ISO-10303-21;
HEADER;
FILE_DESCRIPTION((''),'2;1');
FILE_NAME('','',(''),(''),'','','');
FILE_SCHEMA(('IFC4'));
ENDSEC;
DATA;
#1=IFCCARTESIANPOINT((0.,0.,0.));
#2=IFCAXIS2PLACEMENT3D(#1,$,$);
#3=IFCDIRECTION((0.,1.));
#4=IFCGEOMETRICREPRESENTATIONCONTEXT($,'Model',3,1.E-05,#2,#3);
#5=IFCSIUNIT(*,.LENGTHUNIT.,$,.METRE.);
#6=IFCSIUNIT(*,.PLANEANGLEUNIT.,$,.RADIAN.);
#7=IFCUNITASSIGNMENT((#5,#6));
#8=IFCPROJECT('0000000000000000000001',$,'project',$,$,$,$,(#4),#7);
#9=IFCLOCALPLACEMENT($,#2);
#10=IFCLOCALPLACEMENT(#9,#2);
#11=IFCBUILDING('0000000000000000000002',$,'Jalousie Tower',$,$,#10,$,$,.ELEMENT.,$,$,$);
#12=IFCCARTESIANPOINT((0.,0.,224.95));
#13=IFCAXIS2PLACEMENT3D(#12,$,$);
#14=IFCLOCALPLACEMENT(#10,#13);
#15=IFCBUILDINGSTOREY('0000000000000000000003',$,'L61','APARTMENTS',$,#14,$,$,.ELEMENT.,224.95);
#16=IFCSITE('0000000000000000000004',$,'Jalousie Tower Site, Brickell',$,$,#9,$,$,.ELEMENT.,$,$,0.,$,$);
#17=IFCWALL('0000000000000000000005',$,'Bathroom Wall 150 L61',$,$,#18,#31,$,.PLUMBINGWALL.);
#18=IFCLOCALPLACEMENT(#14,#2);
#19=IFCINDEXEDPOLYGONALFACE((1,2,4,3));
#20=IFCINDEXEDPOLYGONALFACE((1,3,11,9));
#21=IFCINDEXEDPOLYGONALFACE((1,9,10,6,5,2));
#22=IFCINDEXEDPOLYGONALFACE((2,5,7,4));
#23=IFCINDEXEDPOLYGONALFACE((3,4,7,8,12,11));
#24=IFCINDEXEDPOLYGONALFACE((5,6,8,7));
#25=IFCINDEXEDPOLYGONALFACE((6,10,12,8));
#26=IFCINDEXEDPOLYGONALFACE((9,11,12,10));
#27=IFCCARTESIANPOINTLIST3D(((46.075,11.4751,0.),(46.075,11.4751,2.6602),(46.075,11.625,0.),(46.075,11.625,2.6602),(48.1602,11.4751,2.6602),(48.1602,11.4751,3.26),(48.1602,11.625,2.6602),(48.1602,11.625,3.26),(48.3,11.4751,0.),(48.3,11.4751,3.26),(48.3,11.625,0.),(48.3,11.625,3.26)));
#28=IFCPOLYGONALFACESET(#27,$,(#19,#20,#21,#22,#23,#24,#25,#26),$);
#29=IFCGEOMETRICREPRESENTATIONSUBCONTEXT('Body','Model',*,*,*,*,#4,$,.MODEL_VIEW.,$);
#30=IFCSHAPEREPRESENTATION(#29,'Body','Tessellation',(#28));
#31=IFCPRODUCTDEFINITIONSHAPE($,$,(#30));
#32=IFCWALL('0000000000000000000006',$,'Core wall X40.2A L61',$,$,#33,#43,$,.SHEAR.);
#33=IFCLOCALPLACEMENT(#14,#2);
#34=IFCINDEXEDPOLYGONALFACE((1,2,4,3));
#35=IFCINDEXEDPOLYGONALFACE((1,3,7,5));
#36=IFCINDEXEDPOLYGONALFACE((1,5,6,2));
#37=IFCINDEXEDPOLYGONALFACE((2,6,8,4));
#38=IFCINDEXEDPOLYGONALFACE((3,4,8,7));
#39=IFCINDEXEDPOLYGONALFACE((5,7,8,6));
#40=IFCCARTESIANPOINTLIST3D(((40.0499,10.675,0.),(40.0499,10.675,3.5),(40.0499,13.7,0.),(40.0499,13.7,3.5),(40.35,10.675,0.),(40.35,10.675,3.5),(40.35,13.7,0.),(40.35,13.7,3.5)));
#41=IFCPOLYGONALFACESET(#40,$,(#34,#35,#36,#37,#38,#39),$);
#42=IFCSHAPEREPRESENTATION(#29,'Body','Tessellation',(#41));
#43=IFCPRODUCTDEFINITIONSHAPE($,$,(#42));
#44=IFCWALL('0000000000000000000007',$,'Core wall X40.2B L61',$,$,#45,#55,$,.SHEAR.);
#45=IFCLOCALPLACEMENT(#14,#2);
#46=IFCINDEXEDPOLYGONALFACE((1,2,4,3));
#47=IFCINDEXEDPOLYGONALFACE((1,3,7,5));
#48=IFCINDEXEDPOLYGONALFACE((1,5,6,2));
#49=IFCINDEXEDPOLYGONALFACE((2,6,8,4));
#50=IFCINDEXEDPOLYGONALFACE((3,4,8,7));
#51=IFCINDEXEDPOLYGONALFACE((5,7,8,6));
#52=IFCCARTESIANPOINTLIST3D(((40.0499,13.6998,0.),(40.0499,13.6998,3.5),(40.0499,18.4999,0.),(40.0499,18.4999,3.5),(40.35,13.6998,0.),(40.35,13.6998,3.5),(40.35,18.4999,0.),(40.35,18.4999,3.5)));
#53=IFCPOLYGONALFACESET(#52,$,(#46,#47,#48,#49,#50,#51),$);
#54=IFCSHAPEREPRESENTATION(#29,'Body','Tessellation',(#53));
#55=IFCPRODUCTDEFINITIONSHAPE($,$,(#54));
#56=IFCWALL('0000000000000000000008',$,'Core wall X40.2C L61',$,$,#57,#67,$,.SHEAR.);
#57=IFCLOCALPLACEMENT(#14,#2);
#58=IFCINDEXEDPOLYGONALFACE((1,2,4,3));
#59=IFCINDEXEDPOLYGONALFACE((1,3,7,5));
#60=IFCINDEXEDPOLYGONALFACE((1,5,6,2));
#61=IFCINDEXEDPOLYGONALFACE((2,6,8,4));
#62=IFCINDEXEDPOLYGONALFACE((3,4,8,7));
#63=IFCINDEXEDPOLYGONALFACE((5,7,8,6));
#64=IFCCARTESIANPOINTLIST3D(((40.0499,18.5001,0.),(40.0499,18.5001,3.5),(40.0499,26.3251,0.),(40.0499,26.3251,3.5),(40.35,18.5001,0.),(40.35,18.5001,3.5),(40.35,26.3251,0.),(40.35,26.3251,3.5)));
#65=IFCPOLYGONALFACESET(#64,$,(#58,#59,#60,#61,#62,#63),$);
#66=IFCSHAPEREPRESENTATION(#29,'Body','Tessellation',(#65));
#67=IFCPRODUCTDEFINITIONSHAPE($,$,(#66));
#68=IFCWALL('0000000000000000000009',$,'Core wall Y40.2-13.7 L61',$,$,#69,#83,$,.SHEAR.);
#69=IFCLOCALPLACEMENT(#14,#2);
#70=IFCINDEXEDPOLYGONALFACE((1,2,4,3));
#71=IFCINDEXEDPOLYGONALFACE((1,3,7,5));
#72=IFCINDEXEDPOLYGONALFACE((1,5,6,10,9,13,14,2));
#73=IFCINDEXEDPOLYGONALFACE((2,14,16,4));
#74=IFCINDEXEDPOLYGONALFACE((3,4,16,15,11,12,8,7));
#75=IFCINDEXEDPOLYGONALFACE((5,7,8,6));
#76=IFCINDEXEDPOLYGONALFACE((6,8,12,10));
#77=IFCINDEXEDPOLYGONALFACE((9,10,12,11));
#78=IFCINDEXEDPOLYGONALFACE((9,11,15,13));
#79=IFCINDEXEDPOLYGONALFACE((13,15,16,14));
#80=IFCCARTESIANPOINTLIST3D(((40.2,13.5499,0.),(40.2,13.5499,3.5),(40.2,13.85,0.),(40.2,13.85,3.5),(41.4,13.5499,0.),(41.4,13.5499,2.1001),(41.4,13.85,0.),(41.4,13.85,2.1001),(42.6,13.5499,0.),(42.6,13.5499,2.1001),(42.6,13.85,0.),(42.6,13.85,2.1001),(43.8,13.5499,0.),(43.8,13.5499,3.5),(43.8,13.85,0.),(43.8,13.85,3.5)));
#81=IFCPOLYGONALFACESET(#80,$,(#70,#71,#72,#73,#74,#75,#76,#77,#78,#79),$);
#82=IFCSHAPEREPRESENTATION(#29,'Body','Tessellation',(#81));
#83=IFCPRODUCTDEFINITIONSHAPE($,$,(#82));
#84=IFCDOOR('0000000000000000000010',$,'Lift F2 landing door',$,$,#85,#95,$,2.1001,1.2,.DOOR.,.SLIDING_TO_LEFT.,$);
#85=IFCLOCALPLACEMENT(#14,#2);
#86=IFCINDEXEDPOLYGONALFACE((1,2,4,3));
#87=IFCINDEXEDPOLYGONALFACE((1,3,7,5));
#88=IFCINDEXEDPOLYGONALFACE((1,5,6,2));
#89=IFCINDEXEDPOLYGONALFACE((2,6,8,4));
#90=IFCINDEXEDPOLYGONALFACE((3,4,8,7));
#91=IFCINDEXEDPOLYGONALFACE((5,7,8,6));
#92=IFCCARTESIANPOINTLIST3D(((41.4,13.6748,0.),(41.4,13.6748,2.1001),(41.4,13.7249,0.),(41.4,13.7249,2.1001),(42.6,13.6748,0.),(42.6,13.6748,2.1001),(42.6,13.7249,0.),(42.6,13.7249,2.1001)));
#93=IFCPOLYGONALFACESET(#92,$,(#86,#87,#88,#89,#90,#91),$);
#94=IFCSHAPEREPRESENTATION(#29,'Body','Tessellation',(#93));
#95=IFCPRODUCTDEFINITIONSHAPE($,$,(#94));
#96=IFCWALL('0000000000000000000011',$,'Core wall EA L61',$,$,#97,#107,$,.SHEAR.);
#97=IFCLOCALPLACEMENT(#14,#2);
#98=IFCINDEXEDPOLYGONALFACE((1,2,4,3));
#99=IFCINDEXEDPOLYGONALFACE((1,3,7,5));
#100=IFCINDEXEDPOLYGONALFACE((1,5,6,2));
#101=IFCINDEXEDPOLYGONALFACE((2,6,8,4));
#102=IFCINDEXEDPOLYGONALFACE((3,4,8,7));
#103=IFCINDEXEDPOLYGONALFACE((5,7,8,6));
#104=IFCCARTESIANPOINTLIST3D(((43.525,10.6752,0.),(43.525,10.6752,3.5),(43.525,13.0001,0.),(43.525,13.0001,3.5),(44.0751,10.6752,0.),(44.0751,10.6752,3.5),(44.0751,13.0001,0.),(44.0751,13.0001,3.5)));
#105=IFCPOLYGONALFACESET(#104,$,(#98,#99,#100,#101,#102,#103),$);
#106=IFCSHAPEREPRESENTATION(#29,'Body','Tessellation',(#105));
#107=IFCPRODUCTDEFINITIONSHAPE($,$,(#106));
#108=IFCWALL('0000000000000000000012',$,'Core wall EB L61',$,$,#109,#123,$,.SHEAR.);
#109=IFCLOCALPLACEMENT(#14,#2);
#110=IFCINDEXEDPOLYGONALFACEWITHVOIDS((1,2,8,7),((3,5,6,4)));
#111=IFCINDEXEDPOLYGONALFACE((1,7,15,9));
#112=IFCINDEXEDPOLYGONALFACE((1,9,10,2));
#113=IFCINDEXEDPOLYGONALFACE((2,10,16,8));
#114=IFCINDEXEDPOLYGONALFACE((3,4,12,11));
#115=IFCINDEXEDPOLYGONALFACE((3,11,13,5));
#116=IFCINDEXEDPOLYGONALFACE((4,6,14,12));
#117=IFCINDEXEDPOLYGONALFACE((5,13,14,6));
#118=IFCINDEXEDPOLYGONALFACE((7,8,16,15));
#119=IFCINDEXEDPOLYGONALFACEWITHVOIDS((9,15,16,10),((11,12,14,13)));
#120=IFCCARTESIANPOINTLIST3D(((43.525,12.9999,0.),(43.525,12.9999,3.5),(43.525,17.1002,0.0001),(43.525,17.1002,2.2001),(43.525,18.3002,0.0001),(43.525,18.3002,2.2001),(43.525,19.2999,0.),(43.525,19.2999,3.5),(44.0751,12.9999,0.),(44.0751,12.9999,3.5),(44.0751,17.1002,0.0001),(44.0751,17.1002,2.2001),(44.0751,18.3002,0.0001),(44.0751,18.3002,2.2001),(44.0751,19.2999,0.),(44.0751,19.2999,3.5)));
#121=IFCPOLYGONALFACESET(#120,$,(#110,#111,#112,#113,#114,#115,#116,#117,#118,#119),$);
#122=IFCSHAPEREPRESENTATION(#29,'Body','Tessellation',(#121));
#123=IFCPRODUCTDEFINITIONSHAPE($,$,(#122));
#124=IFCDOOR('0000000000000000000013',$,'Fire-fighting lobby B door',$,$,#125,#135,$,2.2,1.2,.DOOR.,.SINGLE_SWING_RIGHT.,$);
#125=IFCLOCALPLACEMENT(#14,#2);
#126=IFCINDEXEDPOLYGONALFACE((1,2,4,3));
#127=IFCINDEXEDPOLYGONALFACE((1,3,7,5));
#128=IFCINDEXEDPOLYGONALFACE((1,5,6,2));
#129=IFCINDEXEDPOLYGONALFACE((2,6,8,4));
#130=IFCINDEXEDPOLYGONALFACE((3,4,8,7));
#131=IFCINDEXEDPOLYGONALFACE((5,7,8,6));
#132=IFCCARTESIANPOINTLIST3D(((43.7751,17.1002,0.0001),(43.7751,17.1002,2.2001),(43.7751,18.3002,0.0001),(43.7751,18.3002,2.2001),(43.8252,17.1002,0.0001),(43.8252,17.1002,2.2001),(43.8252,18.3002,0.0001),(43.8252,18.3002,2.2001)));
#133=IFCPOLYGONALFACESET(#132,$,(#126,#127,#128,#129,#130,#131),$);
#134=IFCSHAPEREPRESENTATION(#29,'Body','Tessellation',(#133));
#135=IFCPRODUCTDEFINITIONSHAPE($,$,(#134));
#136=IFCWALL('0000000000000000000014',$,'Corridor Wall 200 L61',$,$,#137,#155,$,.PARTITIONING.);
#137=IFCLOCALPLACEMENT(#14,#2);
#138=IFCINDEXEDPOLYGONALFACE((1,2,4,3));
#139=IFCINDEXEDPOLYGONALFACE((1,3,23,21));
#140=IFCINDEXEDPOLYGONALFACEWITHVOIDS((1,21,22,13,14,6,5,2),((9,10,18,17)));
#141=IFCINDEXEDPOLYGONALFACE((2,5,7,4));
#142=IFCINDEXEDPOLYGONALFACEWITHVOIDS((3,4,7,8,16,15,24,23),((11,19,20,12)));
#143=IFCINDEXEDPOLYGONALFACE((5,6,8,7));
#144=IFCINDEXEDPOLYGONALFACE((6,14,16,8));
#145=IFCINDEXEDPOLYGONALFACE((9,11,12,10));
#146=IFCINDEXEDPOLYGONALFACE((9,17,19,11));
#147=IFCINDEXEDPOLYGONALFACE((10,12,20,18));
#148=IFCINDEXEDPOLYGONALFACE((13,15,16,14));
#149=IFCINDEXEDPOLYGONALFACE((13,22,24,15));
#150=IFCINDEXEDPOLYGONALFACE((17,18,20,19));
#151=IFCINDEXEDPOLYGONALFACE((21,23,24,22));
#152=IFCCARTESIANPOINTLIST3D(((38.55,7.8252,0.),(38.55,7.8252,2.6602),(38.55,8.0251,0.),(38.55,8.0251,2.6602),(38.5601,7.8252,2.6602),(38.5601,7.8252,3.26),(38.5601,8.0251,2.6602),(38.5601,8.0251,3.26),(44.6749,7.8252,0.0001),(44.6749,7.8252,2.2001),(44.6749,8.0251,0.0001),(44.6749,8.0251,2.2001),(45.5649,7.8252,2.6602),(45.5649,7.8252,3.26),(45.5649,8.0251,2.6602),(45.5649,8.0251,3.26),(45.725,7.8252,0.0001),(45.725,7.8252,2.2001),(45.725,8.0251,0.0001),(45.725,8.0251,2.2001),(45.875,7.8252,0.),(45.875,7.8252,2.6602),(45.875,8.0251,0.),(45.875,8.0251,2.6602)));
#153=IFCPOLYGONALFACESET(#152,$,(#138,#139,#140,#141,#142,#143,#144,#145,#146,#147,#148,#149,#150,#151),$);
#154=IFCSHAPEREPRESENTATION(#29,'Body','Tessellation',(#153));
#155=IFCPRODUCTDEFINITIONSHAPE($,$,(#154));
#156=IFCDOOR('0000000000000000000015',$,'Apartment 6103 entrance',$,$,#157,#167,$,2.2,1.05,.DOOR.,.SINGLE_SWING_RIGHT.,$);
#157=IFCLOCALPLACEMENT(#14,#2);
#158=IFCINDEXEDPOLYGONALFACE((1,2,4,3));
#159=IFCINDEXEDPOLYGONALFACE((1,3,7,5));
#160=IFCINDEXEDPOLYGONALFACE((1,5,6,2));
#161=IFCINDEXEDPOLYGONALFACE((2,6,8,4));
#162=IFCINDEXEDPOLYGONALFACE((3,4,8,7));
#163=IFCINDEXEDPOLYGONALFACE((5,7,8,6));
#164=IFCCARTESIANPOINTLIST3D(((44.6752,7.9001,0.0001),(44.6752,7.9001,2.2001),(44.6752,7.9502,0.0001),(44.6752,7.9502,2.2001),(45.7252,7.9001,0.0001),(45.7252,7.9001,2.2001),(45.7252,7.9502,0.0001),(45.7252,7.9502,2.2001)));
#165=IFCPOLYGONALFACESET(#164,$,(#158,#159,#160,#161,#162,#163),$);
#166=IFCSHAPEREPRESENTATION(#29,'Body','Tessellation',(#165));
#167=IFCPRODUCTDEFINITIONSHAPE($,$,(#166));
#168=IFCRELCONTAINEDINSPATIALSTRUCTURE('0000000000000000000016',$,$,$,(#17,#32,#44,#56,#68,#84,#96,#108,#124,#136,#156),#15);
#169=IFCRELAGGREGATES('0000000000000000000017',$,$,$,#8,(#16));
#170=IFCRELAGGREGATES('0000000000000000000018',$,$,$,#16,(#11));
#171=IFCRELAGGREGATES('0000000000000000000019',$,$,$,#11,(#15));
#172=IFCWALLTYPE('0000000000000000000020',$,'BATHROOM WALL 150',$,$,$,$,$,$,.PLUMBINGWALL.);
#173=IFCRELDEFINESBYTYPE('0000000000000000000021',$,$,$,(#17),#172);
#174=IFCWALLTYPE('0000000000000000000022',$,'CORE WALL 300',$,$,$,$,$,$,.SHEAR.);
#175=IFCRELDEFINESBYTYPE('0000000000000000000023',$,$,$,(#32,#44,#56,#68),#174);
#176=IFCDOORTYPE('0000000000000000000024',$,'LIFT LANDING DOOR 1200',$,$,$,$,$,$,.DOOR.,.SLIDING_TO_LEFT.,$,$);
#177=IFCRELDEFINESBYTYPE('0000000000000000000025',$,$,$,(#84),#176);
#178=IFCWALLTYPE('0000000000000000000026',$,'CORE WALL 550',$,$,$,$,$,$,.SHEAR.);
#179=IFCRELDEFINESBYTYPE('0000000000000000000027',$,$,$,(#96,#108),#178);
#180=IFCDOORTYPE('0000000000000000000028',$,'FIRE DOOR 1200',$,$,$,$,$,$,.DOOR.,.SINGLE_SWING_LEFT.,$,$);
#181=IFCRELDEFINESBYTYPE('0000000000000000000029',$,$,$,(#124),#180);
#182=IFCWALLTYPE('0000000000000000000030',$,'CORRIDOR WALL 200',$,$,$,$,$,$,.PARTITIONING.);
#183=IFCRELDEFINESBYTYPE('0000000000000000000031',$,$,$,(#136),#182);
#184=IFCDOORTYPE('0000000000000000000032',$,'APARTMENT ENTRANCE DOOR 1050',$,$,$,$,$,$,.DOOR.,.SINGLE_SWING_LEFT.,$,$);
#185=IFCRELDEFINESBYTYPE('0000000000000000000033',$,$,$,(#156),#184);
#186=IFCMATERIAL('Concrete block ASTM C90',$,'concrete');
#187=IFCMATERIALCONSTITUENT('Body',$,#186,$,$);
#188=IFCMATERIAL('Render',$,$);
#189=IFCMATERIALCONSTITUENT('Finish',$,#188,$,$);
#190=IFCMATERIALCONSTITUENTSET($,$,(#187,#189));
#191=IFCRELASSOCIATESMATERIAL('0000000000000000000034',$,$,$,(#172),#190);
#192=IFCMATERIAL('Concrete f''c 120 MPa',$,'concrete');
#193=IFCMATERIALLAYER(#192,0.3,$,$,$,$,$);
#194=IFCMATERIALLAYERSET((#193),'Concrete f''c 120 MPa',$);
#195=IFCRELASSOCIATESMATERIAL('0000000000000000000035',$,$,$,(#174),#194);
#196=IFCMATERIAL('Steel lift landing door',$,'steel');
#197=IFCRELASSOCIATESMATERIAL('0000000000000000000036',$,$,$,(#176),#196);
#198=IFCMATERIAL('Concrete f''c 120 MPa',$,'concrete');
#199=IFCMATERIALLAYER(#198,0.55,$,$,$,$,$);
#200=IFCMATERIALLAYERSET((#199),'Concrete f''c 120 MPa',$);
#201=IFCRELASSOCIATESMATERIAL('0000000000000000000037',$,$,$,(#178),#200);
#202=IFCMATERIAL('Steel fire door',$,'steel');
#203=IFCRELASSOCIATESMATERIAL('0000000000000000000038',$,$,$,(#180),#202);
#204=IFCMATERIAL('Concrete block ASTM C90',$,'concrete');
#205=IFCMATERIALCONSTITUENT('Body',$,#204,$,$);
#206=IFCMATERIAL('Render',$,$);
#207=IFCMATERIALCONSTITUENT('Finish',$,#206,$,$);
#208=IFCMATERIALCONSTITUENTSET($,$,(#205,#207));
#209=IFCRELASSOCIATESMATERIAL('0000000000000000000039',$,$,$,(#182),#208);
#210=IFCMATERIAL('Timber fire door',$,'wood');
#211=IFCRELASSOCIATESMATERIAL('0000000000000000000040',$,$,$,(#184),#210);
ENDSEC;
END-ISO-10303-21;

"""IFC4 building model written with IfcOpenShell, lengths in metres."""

from ifc_helpers import new_model, si_unit, direction, frame, frame_2d, origin, place, context, subcontext, project, spatial, polyline, rectangle, outline, extrude, material, layer, layer_set, constituent, constituent_set, type_object, element, fill, save


model = new_model("IFC4")

# Units and contexts
model_context = context("Model", 3, precision=1e-05, world=origin(), true_north=direction((0.0, 1.0)))
body_context = subcontext(model_context, "Body", "Model", "MODEL_VIEW")
ifc_project = project(units=[si_unit("LENGTHUNIT", "METRE"), si_unit("PLANEANGLEUNIT", "RADIAN")], contexts=[model_context])

# Site, building, storey
site_placement = place(None, origin())
site = spatial("IfcSite", under=ifc_project, at=site_placement, Name="Jalousie Tower Site, Brickell", CompositionType="ELEMENT", RefElevation=0.0)
building_placement = place(site_placement, origin())
building = spatial("IfcBuilding", under=site, at=building_placement, Name="Jalousie Tower", CompositionType="ELEMENT")
storey_placement = place(building_placement, frame((0.0, 0.0, 224.95)))
storey = spatial("IfcBuildingStorey", under=building, at=storey_placement, Name="L61", Description="APARTMENTS", CompositionType="ELEMENT", Elevation=224.95)

# Shared definitions
ifc_material_1 = material(Name="Concrete block ASTM C90", Category="concrete")
ifc_constituent_1 = constituent(ifc_material_1, Name="Body")
ifc_material_2 = material(Name="Render")
ifc_constituent_2 = constituent(ifc_material_2, Name="Finish")
ifc_constituent_set_1 = constituent_set(constituents=[ifc_constituent_1, ifc_constituent_2])
wall_type_1 = type_object("IfcWallType", Name="BATHROOM WALL 150", PredefinedType="PLUMBINGWALL", material=ifc_constituent_set_1)

# Walls
wall_1_placement = place(storey_placement, frame((48.3, 11.55, 0.0), z_axis=(0.0, 0.0, 1.0), x_axis=(-1.0, 0.0, 0.0)))
element("IfcWall", 1, at=wall_1_placement, inside=storey, type_object=wall_type_1, Name="Bathroom Wall 150 L61", PredefinedType="PLUMBINGWALL", context=body_context, shape_type="SweptSolid", body=[
    extrude(outline(polyline([(0.0, 0.0), (2.2251, 0.0), (2.2251, 3.26), (2.2251, 2.6602), (0.1399, 2.6602), (0.1399, 3.26), (0.0, 3.26), (0.0, 0.0)])), frame((0.0, 0.075, 0.0), z_axis=(0.0, -1.0, 0.0), x_axis=(1.0, 0.0, 0.0)), (0.0, 0.0, 1.0), 0.1499),
])
ifc_material_3 = material(Name="Concrete f'c 120 MPa", Category="concrete")
ifc_layer_1 = layer(ifc_material_3, 0.3)
ifc_layer_set_1 = layer_set([ifc_layer_1], Name="Concrete f'c 120 MPa")
wall_type_2 = type_object("IfcWallType", Name="CORE WALL 300", PredefinedType="SHEAR", material=ifc_layer_set_1)
wall_2_placement = place(storey_placement, frame((40.2, 10.675, 0.0), z_axis=(0.0, 0.0, 1.0), x_axis=(0.0, 1.0, 0.0)))
element("IfcWall", 2, at=wall_2_placement, inside=storey, type_object=wall_type_2, Name="Core wall X40.2A L61", PredefinedType="SHEAR", context=body_context, shape_type="SweptSolid", body=[
    extrude(rectangle(XDim=3.0249, YDim=0.3, at=frame_2d((1.5125, 0.0))), origin(), (0.0, 0.0, 1.0), 3.5),
])
wall_3_placement = place(storey_placement, frame((40.2, 13.7, 0.0), z_axis=(0.0, 0.0, 1.0), x_axis=(0.0, 1.0, 0.0)))
element("IfcWall", 3, at=wall_3_placement, inside=storey, type_object=wall_type_2, Name="Core wall X40.2B L61", PredefinedType="SHEAR", context=body_context, shape_type="SweptSolid", body=[
    extrude(rectangle(XDim=4.8, YDim=0.3, at=frame_2d((2.3999, 0.0))), origin(), (0.0, 0.0, 1.0), 3.5),
])
wall_4_placement = place(storey_placement, frame((40.2, 18.5, 0.0), z_axis=(0.0, 0.0, 1.0), x_axis=(0.0, 1.0, 0.0)))
element("IfcWall", 4, at=wall_4_placement, inside=storey, type_object=wall_type_2, Name="Core wall X40.2C L61", PredefinedType="SHEAR", context=body_context, shape_type="SweptSolid", body=[
    extrude(rectangle(XDim=7.825, YDim=0.3, at=frame_2d((3.9126, 0.0))), origin(), (0.0, 0.0, 1.0), 3.5),
])

# Wall, opening, door
wall_5_placement = place(storey_placement, frame((40.2, 13.7, 0.0), z_axis=(0.0, 0.0, 1.0), x_axis=(1.0, 0.0, 0.0)))
wall_5 = element("IfcWall", 5, at=wall_5_placement, inside=storey, type_object=wall_type_2, Name="Core wall Y40.2-13.7 L61", PredefinedType="SHEAR", context=body_context, shape_type="SweptSolid", body=[
    extrude(rectangle(XDim=3.6001, YDim=0.3, at=frame_2d((1.8, 0.0))), origin(), (0.0, 0.0, 1.0), 3.5),
])
opening_1_placement = place(wall_5_placement, frame((1.2, 0.0, 0.0)))
opening_1 = element("IfcOpeningElement", 6, at=opening_1_placement, cuts=wall_5, PredefinedType="OPENING", context=body_context, shape_type="SweptSolid", body=[
    extrude(rectangle(XDim=1.2, YDim=2.1001, at=frame_2d((0.6001, 1.05))), frame((0.0, 0.1599, 0.0), z_axis=(0.0, -1.0, 0.0), x_axis=(1.0, 0.0, 0.0)), (0.0, 0.0, 1.0), 0.3201),
])
ifc_material_4 = material(Name="Steel lift landing door", Category="steel")
door_type_1 = type_object("IfcDoorType", Name="LIFT LANDING DOOR 1200", OperationType="SLIDING_TO_LEFT", PredefinedType="DOOR", material=ifc_material_4)
door_1_placement = place(opening_1_placement, origin())
door_1 = element("IfcDoor", 7, at=door_1_placement, inside=storey, type_object=door_type_1, Name="Lift F2 landing door", OperationType="SLIDING_TO_LEFT", OverallHeight=2.1001, OverallWidth=1.2, PredefinedType="DOOR", context=body_context, shape_type="SweptSolid", body=[
    extrude(rectangle(XDim=1.2, YDim=2.1001, at=frame_2d((0.6001, 1.05))), frame((0.0, 0.0249, 0.0), z_axis=(0.0, -1.0, 0.0), x_axis=(1.0, 0.0, 0.0)), (0.0, 0.0, 1.0), 0.05),
])
fill(opening_1, door_1)

# Wall
ifc_material_5 = material(Name="Concrete f'c 120 MPa", Category="concrete")
ifc_layer_2 = layer(ifc_material_5, 0.55)
ifc_layer_set_2 = layer_set([ifc_layer_2], Name="Concrete f'c 120 MPa")
wall_type_3 = type_object("IfcWallType", Name="CORE WALL 550", PredefinedType="SHEAR", material=ifc_layer_set_2)
wall_6_placement = place(storey_placement, frame((43.8, 10.675, 0.0), z_axis=(0.0, 0.0, 1.0), x_axis=(0.0, 1.0, 0.0)))
element("IfcWall", 8, at=wall_6_placement, inside=storey, type_object=wall_type_3, Name="Core wall EA L61", PredefinedType="SHEAR", context=body_context, shape_type="SweptSolid", body=[
    extrude(rectangle(XDim=2.325, YDim=0.55, at=frame_2d((1.1626, 0.0))), origin(), (0.0, 0.0, 1.0), 3.5),
])

# Walls, openings, doors
wall_7_placement = place(storey_placement, frame((43.8, 13.0, 0.0), z_axis=(0.0, 0.0, 1.0), x_axis=(0.0, 1.0, 0.0)))
wall_7 = element("IfcWall", 9, at=wall_7_placement, inside=storey, type_object=wall_type_3, Name="Core wall EB L61", PredefinedType="SHEAR", context=body_context, shape_type="SweptSolid", body=[
    extrude(rectangle(XDim=6.3, YDim=0.55, at=frame_2d((3.1499, 0.0))), origin(), (0.0, 0.0, 1.0), 3.5),
])
opening_2_placement = place(wall_7_placement, frame((4.1001, 0.0, 0.0)))
opening_2 = element("IfcOpeningElement", 10, at=opening_2_placement, cuts=wall_7, PredefinedType="OPENING", context=body_context, shape_type="SweptSolid", body=[
    extrude(rectangle(XDim=1.2, YDim=2.2, at=frame_2d((0.6001, 1.1001))), frame((0.0, 0.2849, 0.0), z_axis=(0.0, -1.0, 0.0), x_axis=(1.0, 0.0, 0.0)), (0.0, 0.0, 1.0), 0.5701),
])
ifc_material_6 = material(Name="Steel fire door", Category="steel")
door_type_2 = type_object("IfcDoorType", Name="FIRE DOOR 1200", OperationType="SINGLE_SWING_LEFT", PredefinedType="DOOR", material=ifc_material_6)
door_2_placement = place(opening_2_placement, origin())
door_2 = element("IfcDoor", 11, at=door_2_placement, inside=storey, type_object=door_type_2, Name="Fire-fighting lobby B door", OperationType="SINGLE_SWING_RIGHT", OverallHeight=2.2, OverallWidth=1.2, PredefinedType="DOOR", context=body_context, shape_type="SweptSolid", body=[
    extrude(rectangle(XDim=1.2, YDim=2.2, at=frame_2d((0.6001, 1.1001))), frame((0.0, 0.0249, 0.0), z_axis=(0.0, -1.0, 0.0), x_axis=(1.0, 0.0, 0.0)), (0.0, 0.0, 1.0), 0.05),
])
fill(opening_2, door_2)
ifc_material_7 = material(Name="Concrete block ASTM C90", Category="concrete")
ifc_constituent_3 = constituent(ifc_material_7, Name="Body")
ifc_material_8 = material(Name="Render")
ifc_constituent_4 = constituent(ifc_material_8, Name="Finish")
ifc_constituent_set_2 = constituent_set(constituents=[ifc_constituent_3, ifc_constituent_4])
wall_type_4 = type_object("IfcWallType", Name="CORRIDOR WALL 200", PredefinedType="PARTITIONING", material=ifc_constituent_set_2)
wall_8_placement = place(storey_placement, frame((38.55, 7.925, 0.0), z_axis=(0.0, 0.0, 1.0), x_axis=(1.0, 0.0, 0.0)))
wall_8 = element("IfcWall", 12, at=wall_8_placement, inside=storey, type_object=wall_type_4, Name="Corridor Wall 200 L61", PredefinedType="PARTITIONING", context=body_context, shape_type="SweptSolid", body=[
    extrude(outline(polyline([(0.0, 0.0), (7.325, 0.0), (7.325, 3.26), (7.325, 2.6602), (7.0149, 2.6602), (7.0149, 3.26), (0.01, 3.26), (0.01, 2.6602), (0.0, 2.6602), (0.0, 3.26), (0.0, 0.0)])), frame((0.0, 0.1001, 0.0), z_axis=(0.0, -1.0, 0.0), x_axis=(1.0, 0.0, 0.0)), (0.0, 0.0, 1.0), 0.2),
])
opening_3_placement = place(wall_8_placement, frame((6.125, 0.0, 0.0)))
opening_3 = element("IfcOpeningElement", 13, at=opening_3_placement, cuts=wall_8, PredefinedType="OPENING", context=body_context, shape_type="SweptSolid", body=[
    extrude(rectangle(XDim=1.05, YDim=2.2, at=frame_2d((0.5249, 1.1001))), frame((0.0, 0.1099, 0.0), z_axis=(0.0, -1.0, 0.0), x_axis=(1.0, 0.0, 0.0)), (0.0, 0.0, 1.0), 0.22),
])
ifc_material_9 = material(Name="Timber fire door", Category="wood")
door_type_3 = type_object("IfcDoorType", Name="APARTMENT ENTRANCE DOOR 1050", OperationType="SINGLE_SWING_LEFT", PredefinedType="DOOR", material=ifc_material_9)
door_3_placement = place(opening_3_placement, frame((1.05, 0.0, 0.0), z_axis=(0.0, 0.0, 1.0), x_axis=(-1.0, 0.0, 0.0)))
door_3 = element("IfcDoor", 14, at=door_3_placement, inside=storey, type_object=door_type_3, Name="Apartment 6103 entrance", OperationType="SINGLE_SWING_RIGHT", OverallHeight=2.2, OverallWidth=1.05, PredefinedType="DOOR", context=body_context, shape_type="SweptSolid", body=[
    extrude(rectangle(XDim=1.05, YDim=2.2, at=frame_2d((0.5249, 1.1001))), frame((0.0, 0.0249, 0.0), z_axis=(0.0, -1.0, 0.0), x_axis=(1.0, 0.0, 0.0)), (0.0, 0.0, 1.0), 0.05),
])
fill(opening_3, door_3)

save(model, "model.ifc")
